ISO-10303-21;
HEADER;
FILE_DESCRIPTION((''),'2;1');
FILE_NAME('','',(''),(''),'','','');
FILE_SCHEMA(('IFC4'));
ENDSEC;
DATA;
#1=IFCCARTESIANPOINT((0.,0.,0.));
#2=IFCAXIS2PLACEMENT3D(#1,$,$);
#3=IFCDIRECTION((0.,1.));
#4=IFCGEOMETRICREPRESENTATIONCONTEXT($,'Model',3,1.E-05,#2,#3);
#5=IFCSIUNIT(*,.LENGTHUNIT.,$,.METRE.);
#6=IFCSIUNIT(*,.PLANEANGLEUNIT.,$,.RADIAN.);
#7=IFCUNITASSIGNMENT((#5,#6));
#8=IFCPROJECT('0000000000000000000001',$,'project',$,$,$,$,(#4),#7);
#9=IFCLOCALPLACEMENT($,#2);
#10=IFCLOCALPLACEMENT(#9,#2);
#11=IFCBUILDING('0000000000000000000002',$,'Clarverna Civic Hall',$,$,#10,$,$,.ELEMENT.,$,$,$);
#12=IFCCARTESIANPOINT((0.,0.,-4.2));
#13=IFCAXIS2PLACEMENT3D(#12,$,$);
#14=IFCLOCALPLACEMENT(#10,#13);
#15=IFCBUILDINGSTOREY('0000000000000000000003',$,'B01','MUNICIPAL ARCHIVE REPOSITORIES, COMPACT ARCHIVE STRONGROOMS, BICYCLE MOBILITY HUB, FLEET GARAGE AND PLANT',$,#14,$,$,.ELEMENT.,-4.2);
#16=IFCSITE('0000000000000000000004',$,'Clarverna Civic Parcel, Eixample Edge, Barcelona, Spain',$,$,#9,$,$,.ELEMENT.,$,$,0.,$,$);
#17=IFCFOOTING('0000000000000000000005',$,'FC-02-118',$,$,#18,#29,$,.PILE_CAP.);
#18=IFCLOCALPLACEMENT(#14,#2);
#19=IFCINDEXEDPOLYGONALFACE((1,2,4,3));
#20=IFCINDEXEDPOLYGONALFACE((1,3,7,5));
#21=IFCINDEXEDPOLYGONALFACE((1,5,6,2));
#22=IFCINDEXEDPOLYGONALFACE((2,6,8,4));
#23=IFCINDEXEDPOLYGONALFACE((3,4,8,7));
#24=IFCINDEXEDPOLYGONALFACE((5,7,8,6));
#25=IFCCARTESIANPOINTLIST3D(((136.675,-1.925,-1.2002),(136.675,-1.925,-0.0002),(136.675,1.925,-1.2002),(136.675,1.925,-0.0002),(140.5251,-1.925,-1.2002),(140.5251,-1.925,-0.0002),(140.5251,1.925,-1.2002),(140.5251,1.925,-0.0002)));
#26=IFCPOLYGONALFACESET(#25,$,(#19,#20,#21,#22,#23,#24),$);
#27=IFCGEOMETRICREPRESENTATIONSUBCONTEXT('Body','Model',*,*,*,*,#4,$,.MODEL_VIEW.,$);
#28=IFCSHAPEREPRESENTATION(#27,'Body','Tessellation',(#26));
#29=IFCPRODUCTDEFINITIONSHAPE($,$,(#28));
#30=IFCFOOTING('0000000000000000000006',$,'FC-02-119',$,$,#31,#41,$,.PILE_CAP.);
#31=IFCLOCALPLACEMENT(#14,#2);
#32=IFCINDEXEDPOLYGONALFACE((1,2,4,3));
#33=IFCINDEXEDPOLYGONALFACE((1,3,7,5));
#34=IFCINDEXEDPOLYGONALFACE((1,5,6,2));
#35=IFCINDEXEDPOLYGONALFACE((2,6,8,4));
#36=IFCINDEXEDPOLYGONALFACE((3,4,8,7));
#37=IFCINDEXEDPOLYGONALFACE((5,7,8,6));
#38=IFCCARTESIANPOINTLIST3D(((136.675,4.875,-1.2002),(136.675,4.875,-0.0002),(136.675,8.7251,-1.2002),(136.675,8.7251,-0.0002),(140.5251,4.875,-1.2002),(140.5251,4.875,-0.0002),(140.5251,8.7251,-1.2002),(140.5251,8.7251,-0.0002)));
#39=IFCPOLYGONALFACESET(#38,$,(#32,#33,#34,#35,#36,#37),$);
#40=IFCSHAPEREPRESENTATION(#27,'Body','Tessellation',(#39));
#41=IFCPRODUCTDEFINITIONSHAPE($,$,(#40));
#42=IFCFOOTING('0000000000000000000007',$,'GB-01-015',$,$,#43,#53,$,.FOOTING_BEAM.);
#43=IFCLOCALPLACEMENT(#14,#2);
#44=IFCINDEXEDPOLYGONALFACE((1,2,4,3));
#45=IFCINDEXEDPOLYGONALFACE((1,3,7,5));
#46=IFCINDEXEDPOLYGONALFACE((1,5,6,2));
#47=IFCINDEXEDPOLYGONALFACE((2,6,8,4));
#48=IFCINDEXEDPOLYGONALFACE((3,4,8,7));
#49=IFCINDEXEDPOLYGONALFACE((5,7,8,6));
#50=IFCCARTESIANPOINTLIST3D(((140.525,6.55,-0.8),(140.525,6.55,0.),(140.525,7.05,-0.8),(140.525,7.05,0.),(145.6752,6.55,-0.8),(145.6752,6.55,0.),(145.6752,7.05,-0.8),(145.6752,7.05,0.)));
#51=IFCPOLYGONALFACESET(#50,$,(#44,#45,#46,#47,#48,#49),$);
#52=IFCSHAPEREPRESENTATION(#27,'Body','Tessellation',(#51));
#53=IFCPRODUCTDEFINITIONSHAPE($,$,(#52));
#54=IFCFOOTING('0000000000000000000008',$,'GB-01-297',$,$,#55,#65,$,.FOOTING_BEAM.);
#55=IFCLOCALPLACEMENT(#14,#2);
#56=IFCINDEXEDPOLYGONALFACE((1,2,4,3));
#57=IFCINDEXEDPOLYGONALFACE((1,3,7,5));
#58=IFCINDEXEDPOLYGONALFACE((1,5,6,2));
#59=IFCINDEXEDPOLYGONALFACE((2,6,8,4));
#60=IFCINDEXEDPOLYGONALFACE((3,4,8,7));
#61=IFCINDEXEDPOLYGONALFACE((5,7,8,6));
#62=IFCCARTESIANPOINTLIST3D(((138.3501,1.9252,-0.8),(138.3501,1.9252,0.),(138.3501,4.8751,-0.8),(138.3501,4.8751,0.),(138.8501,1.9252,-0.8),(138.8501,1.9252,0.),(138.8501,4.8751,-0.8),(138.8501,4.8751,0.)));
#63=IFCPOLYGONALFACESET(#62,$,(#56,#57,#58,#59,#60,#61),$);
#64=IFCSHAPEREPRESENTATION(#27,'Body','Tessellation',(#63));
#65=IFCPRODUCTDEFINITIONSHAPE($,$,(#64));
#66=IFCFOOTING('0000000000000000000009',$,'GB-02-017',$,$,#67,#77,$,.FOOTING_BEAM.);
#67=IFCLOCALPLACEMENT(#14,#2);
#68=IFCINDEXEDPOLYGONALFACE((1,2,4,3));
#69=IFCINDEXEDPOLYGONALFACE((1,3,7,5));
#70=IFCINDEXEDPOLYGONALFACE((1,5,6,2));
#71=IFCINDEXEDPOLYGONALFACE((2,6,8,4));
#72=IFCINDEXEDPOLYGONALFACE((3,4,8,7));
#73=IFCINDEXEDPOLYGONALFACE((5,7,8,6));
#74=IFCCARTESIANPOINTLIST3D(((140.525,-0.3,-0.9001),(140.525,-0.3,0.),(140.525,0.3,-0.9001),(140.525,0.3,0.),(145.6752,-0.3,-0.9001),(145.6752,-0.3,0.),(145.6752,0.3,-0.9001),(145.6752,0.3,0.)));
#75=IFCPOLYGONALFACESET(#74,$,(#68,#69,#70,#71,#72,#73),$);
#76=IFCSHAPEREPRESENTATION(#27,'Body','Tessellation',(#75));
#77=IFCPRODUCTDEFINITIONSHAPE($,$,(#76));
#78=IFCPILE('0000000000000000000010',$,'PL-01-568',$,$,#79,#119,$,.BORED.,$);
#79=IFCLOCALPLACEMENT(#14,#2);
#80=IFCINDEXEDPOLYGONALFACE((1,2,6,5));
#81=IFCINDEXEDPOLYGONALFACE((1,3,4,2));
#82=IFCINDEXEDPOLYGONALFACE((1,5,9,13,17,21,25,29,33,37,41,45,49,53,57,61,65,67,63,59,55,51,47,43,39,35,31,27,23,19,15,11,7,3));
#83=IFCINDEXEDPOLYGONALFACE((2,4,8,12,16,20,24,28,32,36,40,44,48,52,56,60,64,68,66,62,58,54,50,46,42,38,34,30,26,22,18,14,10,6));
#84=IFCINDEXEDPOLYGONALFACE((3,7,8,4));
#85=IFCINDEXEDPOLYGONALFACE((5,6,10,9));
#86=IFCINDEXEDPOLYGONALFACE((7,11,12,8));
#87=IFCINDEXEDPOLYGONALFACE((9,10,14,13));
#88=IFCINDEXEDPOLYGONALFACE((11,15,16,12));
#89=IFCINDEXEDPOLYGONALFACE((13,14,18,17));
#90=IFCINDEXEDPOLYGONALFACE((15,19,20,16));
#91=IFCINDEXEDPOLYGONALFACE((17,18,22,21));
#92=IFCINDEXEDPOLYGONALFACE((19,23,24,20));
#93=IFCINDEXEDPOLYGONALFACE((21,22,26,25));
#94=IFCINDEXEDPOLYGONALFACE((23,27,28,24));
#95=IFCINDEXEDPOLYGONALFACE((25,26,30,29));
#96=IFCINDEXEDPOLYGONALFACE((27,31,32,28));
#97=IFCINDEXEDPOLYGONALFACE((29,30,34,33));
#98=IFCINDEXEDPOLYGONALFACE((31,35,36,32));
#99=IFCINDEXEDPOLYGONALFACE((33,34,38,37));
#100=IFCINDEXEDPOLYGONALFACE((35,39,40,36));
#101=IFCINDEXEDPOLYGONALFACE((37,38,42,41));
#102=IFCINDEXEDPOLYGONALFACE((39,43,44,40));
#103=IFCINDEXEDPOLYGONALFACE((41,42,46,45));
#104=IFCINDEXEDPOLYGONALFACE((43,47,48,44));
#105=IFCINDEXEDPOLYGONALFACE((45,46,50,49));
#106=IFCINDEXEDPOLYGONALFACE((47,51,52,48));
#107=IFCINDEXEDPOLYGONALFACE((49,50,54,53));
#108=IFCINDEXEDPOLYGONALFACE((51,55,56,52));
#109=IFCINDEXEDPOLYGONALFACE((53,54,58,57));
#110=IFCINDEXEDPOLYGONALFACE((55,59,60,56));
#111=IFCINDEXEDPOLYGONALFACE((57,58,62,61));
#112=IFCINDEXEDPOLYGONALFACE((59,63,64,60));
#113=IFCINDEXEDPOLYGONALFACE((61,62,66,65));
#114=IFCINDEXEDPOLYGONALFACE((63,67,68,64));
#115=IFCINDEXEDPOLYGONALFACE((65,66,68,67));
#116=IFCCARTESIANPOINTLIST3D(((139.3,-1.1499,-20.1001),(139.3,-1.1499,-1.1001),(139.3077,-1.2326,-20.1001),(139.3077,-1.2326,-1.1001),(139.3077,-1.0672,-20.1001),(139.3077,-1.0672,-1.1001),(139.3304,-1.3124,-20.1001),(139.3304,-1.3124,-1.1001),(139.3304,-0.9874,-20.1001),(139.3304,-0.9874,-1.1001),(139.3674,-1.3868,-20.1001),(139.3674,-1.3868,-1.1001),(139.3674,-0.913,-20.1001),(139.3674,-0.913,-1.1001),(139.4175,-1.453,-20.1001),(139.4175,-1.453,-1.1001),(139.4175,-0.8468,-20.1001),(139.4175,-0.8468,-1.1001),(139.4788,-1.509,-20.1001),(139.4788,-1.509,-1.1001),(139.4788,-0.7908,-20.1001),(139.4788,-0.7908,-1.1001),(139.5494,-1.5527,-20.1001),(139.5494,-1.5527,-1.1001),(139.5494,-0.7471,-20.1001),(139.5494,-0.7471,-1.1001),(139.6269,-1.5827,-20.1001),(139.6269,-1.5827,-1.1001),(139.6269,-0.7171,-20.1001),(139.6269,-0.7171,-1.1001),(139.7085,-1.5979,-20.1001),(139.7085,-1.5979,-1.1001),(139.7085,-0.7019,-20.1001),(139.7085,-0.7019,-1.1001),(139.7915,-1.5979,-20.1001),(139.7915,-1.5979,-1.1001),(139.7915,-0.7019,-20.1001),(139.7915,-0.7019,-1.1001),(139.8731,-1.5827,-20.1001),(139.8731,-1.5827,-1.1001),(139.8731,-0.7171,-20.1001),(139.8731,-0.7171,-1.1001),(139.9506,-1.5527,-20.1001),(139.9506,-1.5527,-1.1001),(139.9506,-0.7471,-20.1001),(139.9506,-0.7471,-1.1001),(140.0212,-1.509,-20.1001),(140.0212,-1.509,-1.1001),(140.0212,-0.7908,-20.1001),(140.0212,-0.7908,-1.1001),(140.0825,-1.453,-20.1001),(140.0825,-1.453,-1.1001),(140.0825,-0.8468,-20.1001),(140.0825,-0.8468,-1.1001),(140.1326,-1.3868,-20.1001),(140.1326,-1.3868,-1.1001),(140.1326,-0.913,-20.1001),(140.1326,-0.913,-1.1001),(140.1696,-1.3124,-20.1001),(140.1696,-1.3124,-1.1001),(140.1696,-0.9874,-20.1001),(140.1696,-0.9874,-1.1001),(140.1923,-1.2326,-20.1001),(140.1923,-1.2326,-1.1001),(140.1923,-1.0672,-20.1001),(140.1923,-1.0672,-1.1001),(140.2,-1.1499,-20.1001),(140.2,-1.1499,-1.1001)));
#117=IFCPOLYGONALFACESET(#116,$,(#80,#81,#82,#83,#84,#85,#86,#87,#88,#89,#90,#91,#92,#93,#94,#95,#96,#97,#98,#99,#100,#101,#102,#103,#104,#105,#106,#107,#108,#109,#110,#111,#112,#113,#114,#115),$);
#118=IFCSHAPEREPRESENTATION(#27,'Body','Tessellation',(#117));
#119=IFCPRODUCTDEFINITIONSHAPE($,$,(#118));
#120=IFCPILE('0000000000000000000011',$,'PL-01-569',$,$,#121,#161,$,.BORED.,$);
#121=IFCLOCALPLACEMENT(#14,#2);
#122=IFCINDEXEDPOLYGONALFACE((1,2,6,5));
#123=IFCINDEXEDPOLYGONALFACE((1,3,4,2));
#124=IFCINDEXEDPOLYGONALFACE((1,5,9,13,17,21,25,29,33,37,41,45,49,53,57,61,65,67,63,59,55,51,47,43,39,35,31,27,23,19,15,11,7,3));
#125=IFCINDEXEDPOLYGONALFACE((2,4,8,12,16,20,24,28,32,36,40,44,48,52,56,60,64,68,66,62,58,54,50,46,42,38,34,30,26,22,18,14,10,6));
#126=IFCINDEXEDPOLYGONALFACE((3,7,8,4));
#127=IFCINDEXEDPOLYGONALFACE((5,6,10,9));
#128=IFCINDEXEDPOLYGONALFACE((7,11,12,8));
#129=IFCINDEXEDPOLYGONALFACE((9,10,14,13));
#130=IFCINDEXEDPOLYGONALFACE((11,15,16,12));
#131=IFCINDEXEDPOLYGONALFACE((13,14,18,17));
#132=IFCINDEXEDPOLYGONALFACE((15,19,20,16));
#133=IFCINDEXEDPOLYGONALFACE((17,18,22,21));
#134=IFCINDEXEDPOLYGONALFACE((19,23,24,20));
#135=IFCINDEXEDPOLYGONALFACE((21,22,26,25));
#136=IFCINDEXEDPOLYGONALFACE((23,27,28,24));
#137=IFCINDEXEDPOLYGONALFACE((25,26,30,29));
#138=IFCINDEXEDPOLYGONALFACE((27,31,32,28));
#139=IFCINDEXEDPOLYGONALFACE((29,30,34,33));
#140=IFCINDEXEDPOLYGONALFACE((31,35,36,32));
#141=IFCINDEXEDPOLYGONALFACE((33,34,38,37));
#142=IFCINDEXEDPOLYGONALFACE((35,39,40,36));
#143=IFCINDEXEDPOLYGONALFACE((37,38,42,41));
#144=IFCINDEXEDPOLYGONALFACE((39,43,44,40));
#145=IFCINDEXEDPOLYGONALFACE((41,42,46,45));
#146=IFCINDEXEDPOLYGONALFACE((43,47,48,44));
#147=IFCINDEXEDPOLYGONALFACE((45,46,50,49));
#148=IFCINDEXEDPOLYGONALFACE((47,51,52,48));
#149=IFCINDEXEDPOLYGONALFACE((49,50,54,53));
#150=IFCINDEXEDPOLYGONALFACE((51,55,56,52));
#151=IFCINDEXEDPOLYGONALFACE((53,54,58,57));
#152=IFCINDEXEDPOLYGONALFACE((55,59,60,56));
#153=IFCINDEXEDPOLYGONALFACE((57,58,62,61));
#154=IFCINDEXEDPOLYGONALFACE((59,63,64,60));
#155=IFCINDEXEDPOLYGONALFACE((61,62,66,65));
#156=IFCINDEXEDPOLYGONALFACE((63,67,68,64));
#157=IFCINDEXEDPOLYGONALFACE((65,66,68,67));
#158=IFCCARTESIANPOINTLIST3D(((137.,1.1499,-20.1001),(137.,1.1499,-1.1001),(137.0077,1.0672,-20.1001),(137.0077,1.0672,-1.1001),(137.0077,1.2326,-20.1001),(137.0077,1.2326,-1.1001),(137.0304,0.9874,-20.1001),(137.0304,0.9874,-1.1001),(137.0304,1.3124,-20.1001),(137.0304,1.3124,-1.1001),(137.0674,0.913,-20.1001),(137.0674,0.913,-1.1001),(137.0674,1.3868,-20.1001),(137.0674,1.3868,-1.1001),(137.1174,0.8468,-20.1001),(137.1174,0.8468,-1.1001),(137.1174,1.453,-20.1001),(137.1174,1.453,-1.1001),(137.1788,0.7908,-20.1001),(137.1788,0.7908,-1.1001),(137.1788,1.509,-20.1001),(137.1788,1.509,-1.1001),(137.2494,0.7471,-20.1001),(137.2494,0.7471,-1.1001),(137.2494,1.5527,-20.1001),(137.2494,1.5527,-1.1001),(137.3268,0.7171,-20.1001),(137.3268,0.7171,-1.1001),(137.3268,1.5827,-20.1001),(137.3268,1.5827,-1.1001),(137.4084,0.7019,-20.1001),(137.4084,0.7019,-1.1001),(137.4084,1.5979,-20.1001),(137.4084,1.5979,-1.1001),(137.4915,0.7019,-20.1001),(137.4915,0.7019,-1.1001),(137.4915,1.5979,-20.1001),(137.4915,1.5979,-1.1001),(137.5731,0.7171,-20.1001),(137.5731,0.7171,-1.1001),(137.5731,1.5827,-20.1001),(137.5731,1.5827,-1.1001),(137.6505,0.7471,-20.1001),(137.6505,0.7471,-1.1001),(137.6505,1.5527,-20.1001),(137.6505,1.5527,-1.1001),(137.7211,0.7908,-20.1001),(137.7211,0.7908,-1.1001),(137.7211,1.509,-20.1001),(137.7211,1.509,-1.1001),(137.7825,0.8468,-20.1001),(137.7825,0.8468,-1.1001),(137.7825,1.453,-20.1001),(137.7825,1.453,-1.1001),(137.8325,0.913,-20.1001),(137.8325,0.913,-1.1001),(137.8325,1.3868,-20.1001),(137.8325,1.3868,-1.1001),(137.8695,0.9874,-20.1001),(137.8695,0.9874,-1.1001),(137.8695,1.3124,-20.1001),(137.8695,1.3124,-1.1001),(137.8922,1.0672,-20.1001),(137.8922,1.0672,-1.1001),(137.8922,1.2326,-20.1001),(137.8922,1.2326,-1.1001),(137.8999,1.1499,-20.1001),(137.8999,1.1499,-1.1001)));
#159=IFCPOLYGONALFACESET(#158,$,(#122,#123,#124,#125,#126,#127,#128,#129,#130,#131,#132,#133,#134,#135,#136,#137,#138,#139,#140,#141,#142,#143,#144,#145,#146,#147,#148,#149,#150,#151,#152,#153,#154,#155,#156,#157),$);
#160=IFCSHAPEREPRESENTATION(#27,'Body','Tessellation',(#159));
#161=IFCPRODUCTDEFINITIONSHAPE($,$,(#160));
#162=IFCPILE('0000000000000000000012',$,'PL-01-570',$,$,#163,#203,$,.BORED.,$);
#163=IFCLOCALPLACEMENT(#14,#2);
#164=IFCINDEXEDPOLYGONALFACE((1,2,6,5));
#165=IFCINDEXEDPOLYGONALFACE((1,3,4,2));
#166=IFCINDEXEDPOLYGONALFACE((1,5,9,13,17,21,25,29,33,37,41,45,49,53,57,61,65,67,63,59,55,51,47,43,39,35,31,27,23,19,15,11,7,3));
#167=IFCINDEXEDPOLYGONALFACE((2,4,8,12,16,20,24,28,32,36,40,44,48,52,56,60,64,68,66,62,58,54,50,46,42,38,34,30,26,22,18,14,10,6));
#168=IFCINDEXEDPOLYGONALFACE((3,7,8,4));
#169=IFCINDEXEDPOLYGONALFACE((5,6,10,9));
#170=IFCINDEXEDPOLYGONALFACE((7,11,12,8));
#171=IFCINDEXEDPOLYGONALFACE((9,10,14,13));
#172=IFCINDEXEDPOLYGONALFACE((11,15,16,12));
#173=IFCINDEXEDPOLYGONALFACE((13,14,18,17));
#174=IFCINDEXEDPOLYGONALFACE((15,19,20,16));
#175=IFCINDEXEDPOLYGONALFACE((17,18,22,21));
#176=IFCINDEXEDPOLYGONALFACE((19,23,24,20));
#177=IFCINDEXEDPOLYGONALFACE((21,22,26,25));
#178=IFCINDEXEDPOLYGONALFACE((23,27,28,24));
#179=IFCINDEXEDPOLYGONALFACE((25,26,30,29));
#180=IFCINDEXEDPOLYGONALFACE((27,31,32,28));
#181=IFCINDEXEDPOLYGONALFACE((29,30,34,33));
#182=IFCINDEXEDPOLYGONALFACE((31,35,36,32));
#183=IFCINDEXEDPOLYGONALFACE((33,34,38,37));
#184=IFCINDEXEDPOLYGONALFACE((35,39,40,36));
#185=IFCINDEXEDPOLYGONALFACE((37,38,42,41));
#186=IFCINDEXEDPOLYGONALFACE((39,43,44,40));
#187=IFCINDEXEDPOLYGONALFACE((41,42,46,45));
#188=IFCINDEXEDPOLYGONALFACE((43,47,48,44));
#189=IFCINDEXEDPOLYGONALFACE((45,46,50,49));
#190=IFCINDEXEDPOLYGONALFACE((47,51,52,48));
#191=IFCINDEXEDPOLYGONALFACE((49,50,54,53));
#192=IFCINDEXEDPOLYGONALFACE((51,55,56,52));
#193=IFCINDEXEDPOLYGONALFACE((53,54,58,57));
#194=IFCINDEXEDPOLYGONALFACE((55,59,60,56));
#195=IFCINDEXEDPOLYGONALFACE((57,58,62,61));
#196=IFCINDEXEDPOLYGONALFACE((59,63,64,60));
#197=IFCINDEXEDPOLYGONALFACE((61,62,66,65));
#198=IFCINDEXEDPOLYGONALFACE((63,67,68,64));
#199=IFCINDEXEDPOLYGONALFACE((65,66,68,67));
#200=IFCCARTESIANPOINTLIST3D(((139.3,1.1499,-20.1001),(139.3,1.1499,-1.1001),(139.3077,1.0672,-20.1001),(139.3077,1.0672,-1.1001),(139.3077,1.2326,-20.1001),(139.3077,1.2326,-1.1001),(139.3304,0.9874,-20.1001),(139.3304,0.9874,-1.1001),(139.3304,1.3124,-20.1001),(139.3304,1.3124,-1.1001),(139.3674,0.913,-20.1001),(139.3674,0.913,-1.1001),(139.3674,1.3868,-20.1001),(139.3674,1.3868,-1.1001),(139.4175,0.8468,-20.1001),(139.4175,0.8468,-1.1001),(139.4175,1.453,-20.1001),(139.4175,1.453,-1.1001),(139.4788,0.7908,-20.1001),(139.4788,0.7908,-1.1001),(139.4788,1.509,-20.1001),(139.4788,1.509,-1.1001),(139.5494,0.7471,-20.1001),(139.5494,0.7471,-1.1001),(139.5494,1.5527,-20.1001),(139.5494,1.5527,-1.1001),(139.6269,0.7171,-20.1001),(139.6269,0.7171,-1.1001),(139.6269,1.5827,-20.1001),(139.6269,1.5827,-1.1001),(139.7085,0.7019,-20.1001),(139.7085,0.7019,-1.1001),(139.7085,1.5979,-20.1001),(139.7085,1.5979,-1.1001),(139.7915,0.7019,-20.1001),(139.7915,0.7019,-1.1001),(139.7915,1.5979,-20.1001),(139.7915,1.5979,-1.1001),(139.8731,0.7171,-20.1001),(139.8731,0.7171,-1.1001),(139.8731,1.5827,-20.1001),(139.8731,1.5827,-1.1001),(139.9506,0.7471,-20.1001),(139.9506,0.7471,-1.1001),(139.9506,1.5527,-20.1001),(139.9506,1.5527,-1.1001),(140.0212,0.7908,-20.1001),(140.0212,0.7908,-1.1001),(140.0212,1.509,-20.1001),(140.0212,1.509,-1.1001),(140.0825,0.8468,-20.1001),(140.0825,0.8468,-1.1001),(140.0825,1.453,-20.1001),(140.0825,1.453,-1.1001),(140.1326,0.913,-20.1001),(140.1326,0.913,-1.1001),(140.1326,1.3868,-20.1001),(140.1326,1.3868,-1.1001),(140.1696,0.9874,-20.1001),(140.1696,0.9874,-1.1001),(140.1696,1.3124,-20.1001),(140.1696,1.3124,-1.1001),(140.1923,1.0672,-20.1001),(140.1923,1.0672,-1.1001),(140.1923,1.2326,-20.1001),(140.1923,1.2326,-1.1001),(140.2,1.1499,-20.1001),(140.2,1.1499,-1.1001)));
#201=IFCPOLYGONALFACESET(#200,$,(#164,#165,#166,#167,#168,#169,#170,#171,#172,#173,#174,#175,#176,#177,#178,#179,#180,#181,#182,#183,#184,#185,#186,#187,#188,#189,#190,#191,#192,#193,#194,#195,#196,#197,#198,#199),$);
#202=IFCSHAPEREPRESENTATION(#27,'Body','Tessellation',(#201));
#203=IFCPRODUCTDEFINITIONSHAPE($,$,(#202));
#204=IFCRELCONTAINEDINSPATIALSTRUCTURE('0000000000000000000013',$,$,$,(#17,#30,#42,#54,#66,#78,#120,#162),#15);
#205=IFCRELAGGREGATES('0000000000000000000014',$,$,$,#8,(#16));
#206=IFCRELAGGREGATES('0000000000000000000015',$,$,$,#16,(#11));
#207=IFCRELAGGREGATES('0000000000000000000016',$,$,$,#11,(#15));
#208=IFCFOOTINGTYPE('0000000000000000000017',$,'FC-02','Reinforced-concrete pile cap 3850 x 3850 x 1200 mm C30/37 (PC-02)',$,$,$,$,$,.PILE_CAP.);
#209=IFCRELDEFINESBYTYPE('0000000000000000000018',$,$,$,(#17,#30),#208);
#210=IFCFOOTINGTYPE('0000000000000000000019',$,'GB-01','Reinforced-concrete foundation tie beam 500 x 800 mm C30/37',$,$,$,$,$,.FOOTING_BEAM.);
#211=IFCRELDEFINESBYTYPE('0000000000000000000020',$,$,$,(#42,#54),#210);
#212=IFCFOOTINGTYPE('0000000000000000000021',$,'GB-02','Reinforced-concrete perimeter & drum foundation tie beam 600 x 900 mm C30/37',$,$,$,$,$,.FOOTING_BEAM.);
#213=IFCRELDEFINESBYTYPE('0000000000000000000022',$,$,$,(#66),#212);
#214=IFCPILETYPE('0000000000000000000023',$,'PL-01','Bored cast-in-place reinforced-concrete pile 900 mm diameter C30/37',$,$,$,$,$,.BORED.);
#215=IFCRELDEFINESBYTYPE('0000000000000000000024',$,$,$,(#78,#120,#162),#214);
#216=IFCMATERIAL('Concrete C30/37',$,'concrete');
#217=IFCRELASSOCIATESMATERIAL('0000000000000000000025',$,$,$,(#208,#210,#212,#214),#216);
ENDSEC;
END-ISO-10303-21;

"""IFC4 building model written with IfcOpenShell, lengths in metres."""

from ifc_helpers import new_model, si_unit, direction, frame, frame_2d, origin, origin_2d, place, context, subcontext, project, spatial, rectangle, circle, extrude, material, material_profile, profile_set, type_object, element, save


model = new_model("IFC4")

# Units and contexts
model_context = context("Model", 3, precision=1e-05, world=origin(), true_north=direction((0.0, 1.0)))
body_context = subcontext(model_context, "Body", "Model", "MODEL_VIEW")
ifc_project = project(units=[si_unit("LENGTHUNIT", "METRE"), si_unit("PLANEANGLEUNIT", "RADIAN")], contexts=[model_context])

# Site, building, storey
site_placement = place(None, origin())
site = spatial("IfcSite", under=ifc_project, at=site_placement, Name="Clarverna Civic Parcel, Eixample Edge, Barcelona, Spain", CompositionType="ELEMENT", RefElevation=0.0)
building_placement = place(site_placement, origin())
building = spatial("IfcBuilding", under=site, at=building_placement, Name="Clarverna Civic Hall", CompositionType="ELEMENT")
storey_placement = place(building_placement, frame((0.0, 0.0, -4.2)))
storey = spatial("IfcBuildingStorey", under=building, at=storey_placement, Name="B01", Description="MUNICIPAL ARCHIVE REPOSITORIES, COMPACT ARCHIVE STRONGROOMS, BICYCLE MOBILITY HUB, FLEET GARAGE AND PLANT", CompositionType="ELEMENT", Elevation=-4.2)

# Footings
ifc_material_1 = material(Name="Concrete C30/37", Category="concrete")
footing_type_1 = type_object("IfcFootingType", Name="FC-02", Description="Reinforced-concrete pile cap 3850 x 3850 x 1200 mm C30/37 (PC-02)", PredefinedType="PILE_CAP", material=ifc_material_1)
for number, where, z_axis, x_axis, name in (
    (1, (138.6001, 0.0, -1.2002), (0.0, 0.0, 1.0), (1.0, 0.0, 0.0), "FC-02-118"),
    (2, (138.6001, 6.8, -1.2002), (0.0, 0.0, 1.0), (1.0, 0.0, 0.0), "FC-02-119"),
):
    element("IfcFooting", number, at=place(storey_placement, frame(where, z_axis=z_axis, x_axis=x_axis)), inside=storey, type_object=footing_type_1, Name=name, PredefinedType="PILE_CAP", context=body_context, shape_type="SweptSolid", body=[
        extrude(rectangle(XDim=3.8501, YDim=3.8501, at=origin_2d()), origin(), (0.0, 0.0, 1.0), 1.2),
    ])
footing_type_2 = type_object("IfcFootingType", Name="GB-01", Description="Reinforced-concrete foundation tie beam 500 x 800 mm C30/37", PredefinedType="FOOTING_BEAM", material=ifc_material_1)
footing_1_placement = place(storey_placement, frame((140.5249, 6.8, -0.8), z_axis=(0.0, 0.0, 1.0), x_axis=(1.0, 0.0, 0.0)))
element("IfcFooting", 3, at=footing_1_placement, inside=storey, type_object=footing_type_2, Name="GB-01-015", PredefinedType="FOOTING_BEAM", context=body_context, shape_type="SweptSolid", body=[
    extrude(rectangle(XDim=5.1501, YDim=0.5, at=frame_2d((2.5752, 0.0))), origin(), (0.0, 0.0, 1.0), 0.8),
])
footing_2_placement = place(storey_placement, frame((138.6001, 1.925, -0.8), z_axis=(0.0, 0.0, 1.0), x_axis=(0.0, 1.0, 0.0)))
element("IfcFooting", 4, at=footing_2_placement, inside=storey, type_object=footing_type_2, Name="GB-01-297", PredefinedType="FOOTING_BEAM", context=body_context, shape_type="SweptSolid", body=[
    extrude(rectangle(XDim=2.95, YDim=0.5, at=frame_2d((1.4751, 0.0))), origin(), (0.0, 0.0, 1.0), 0.8),
])
footing_type_3 = type_object("IfcFootingType", Name="GB-02", Description="Reinforced-concrete perimeter & drum foundation tie beam 600 x 900 mm C30/37", PredefinedType="FOOTING_BEAM", material=ifc_material_1)
footing_3_placement = place(storey_placement, frame((140.5249, 0.0, -0.9001), z_axis=(0.0, 0.0, 1.0), x_axis=(1.0, 0.0, 0.0)))
element("IfcFooting", 5, at=footing_3_placement, inside=storey, type_object=footing_type_3, Name="GB-02-017", PredefinedType="FOOTING_BEAM", context=body_context, shape_type="SweptSolid", body=[
    extrude(rectangle(XDim=5.1501, YDim=0.6001, at=frame_2d((2.5752, 0.0))), origin(), (0.0, 0.0, 1.0), 0.9001),
])

# Piles
ifc_material_profile_1 = material_profile(ifc_material_1, circle(Radius=0.45, at=origin_2d()), Name="BORED PILE D900")
ifc_profile_set_1 = profile_set([ifc_material_profile_1], Name="Concrete C30/37")
pile_type = type_object("IfcPileType", Name="PL-01", Description="Bored cast-in-place reinforced-concrete pile 900 mm diameter C30/37", PredefinedType="BORED", material=ifc_profile_set_1)
for number, where, z_axis, x_axis, name in (
    (6, (139.75, -1.1499, -1.1001), (0.0, 0.0, -1.0), (1.0, 0.0, 0.0), "PL-01-568"),
    (7, (137.45, 1.1499, -1.1001), (0.0, 0.0, -1.0), (1.0, 0.0, 0.0), "PL-01-569"),
    (8, (139.75, 1.1499, -1.1001), (0.0, 0.0, -1.0), (1.0, 0.0, 0.0), "PL-01-570"),
):
    element("IfcPile", number, at=place(storey_placement, frame(where, z_axis=z_axis, x_axis=x_axis)), inside=storey, type_object=pile_type, Name=name, PredefinedType="BORED", context=body_context, shape_type="SweptSolid", body=[
        extrude(circle(Radius=0.45, at=origin_2d()), origin(), (0.0, 0.0, 1.0), 19.0),
    ])

save(model, "model.ifc")
